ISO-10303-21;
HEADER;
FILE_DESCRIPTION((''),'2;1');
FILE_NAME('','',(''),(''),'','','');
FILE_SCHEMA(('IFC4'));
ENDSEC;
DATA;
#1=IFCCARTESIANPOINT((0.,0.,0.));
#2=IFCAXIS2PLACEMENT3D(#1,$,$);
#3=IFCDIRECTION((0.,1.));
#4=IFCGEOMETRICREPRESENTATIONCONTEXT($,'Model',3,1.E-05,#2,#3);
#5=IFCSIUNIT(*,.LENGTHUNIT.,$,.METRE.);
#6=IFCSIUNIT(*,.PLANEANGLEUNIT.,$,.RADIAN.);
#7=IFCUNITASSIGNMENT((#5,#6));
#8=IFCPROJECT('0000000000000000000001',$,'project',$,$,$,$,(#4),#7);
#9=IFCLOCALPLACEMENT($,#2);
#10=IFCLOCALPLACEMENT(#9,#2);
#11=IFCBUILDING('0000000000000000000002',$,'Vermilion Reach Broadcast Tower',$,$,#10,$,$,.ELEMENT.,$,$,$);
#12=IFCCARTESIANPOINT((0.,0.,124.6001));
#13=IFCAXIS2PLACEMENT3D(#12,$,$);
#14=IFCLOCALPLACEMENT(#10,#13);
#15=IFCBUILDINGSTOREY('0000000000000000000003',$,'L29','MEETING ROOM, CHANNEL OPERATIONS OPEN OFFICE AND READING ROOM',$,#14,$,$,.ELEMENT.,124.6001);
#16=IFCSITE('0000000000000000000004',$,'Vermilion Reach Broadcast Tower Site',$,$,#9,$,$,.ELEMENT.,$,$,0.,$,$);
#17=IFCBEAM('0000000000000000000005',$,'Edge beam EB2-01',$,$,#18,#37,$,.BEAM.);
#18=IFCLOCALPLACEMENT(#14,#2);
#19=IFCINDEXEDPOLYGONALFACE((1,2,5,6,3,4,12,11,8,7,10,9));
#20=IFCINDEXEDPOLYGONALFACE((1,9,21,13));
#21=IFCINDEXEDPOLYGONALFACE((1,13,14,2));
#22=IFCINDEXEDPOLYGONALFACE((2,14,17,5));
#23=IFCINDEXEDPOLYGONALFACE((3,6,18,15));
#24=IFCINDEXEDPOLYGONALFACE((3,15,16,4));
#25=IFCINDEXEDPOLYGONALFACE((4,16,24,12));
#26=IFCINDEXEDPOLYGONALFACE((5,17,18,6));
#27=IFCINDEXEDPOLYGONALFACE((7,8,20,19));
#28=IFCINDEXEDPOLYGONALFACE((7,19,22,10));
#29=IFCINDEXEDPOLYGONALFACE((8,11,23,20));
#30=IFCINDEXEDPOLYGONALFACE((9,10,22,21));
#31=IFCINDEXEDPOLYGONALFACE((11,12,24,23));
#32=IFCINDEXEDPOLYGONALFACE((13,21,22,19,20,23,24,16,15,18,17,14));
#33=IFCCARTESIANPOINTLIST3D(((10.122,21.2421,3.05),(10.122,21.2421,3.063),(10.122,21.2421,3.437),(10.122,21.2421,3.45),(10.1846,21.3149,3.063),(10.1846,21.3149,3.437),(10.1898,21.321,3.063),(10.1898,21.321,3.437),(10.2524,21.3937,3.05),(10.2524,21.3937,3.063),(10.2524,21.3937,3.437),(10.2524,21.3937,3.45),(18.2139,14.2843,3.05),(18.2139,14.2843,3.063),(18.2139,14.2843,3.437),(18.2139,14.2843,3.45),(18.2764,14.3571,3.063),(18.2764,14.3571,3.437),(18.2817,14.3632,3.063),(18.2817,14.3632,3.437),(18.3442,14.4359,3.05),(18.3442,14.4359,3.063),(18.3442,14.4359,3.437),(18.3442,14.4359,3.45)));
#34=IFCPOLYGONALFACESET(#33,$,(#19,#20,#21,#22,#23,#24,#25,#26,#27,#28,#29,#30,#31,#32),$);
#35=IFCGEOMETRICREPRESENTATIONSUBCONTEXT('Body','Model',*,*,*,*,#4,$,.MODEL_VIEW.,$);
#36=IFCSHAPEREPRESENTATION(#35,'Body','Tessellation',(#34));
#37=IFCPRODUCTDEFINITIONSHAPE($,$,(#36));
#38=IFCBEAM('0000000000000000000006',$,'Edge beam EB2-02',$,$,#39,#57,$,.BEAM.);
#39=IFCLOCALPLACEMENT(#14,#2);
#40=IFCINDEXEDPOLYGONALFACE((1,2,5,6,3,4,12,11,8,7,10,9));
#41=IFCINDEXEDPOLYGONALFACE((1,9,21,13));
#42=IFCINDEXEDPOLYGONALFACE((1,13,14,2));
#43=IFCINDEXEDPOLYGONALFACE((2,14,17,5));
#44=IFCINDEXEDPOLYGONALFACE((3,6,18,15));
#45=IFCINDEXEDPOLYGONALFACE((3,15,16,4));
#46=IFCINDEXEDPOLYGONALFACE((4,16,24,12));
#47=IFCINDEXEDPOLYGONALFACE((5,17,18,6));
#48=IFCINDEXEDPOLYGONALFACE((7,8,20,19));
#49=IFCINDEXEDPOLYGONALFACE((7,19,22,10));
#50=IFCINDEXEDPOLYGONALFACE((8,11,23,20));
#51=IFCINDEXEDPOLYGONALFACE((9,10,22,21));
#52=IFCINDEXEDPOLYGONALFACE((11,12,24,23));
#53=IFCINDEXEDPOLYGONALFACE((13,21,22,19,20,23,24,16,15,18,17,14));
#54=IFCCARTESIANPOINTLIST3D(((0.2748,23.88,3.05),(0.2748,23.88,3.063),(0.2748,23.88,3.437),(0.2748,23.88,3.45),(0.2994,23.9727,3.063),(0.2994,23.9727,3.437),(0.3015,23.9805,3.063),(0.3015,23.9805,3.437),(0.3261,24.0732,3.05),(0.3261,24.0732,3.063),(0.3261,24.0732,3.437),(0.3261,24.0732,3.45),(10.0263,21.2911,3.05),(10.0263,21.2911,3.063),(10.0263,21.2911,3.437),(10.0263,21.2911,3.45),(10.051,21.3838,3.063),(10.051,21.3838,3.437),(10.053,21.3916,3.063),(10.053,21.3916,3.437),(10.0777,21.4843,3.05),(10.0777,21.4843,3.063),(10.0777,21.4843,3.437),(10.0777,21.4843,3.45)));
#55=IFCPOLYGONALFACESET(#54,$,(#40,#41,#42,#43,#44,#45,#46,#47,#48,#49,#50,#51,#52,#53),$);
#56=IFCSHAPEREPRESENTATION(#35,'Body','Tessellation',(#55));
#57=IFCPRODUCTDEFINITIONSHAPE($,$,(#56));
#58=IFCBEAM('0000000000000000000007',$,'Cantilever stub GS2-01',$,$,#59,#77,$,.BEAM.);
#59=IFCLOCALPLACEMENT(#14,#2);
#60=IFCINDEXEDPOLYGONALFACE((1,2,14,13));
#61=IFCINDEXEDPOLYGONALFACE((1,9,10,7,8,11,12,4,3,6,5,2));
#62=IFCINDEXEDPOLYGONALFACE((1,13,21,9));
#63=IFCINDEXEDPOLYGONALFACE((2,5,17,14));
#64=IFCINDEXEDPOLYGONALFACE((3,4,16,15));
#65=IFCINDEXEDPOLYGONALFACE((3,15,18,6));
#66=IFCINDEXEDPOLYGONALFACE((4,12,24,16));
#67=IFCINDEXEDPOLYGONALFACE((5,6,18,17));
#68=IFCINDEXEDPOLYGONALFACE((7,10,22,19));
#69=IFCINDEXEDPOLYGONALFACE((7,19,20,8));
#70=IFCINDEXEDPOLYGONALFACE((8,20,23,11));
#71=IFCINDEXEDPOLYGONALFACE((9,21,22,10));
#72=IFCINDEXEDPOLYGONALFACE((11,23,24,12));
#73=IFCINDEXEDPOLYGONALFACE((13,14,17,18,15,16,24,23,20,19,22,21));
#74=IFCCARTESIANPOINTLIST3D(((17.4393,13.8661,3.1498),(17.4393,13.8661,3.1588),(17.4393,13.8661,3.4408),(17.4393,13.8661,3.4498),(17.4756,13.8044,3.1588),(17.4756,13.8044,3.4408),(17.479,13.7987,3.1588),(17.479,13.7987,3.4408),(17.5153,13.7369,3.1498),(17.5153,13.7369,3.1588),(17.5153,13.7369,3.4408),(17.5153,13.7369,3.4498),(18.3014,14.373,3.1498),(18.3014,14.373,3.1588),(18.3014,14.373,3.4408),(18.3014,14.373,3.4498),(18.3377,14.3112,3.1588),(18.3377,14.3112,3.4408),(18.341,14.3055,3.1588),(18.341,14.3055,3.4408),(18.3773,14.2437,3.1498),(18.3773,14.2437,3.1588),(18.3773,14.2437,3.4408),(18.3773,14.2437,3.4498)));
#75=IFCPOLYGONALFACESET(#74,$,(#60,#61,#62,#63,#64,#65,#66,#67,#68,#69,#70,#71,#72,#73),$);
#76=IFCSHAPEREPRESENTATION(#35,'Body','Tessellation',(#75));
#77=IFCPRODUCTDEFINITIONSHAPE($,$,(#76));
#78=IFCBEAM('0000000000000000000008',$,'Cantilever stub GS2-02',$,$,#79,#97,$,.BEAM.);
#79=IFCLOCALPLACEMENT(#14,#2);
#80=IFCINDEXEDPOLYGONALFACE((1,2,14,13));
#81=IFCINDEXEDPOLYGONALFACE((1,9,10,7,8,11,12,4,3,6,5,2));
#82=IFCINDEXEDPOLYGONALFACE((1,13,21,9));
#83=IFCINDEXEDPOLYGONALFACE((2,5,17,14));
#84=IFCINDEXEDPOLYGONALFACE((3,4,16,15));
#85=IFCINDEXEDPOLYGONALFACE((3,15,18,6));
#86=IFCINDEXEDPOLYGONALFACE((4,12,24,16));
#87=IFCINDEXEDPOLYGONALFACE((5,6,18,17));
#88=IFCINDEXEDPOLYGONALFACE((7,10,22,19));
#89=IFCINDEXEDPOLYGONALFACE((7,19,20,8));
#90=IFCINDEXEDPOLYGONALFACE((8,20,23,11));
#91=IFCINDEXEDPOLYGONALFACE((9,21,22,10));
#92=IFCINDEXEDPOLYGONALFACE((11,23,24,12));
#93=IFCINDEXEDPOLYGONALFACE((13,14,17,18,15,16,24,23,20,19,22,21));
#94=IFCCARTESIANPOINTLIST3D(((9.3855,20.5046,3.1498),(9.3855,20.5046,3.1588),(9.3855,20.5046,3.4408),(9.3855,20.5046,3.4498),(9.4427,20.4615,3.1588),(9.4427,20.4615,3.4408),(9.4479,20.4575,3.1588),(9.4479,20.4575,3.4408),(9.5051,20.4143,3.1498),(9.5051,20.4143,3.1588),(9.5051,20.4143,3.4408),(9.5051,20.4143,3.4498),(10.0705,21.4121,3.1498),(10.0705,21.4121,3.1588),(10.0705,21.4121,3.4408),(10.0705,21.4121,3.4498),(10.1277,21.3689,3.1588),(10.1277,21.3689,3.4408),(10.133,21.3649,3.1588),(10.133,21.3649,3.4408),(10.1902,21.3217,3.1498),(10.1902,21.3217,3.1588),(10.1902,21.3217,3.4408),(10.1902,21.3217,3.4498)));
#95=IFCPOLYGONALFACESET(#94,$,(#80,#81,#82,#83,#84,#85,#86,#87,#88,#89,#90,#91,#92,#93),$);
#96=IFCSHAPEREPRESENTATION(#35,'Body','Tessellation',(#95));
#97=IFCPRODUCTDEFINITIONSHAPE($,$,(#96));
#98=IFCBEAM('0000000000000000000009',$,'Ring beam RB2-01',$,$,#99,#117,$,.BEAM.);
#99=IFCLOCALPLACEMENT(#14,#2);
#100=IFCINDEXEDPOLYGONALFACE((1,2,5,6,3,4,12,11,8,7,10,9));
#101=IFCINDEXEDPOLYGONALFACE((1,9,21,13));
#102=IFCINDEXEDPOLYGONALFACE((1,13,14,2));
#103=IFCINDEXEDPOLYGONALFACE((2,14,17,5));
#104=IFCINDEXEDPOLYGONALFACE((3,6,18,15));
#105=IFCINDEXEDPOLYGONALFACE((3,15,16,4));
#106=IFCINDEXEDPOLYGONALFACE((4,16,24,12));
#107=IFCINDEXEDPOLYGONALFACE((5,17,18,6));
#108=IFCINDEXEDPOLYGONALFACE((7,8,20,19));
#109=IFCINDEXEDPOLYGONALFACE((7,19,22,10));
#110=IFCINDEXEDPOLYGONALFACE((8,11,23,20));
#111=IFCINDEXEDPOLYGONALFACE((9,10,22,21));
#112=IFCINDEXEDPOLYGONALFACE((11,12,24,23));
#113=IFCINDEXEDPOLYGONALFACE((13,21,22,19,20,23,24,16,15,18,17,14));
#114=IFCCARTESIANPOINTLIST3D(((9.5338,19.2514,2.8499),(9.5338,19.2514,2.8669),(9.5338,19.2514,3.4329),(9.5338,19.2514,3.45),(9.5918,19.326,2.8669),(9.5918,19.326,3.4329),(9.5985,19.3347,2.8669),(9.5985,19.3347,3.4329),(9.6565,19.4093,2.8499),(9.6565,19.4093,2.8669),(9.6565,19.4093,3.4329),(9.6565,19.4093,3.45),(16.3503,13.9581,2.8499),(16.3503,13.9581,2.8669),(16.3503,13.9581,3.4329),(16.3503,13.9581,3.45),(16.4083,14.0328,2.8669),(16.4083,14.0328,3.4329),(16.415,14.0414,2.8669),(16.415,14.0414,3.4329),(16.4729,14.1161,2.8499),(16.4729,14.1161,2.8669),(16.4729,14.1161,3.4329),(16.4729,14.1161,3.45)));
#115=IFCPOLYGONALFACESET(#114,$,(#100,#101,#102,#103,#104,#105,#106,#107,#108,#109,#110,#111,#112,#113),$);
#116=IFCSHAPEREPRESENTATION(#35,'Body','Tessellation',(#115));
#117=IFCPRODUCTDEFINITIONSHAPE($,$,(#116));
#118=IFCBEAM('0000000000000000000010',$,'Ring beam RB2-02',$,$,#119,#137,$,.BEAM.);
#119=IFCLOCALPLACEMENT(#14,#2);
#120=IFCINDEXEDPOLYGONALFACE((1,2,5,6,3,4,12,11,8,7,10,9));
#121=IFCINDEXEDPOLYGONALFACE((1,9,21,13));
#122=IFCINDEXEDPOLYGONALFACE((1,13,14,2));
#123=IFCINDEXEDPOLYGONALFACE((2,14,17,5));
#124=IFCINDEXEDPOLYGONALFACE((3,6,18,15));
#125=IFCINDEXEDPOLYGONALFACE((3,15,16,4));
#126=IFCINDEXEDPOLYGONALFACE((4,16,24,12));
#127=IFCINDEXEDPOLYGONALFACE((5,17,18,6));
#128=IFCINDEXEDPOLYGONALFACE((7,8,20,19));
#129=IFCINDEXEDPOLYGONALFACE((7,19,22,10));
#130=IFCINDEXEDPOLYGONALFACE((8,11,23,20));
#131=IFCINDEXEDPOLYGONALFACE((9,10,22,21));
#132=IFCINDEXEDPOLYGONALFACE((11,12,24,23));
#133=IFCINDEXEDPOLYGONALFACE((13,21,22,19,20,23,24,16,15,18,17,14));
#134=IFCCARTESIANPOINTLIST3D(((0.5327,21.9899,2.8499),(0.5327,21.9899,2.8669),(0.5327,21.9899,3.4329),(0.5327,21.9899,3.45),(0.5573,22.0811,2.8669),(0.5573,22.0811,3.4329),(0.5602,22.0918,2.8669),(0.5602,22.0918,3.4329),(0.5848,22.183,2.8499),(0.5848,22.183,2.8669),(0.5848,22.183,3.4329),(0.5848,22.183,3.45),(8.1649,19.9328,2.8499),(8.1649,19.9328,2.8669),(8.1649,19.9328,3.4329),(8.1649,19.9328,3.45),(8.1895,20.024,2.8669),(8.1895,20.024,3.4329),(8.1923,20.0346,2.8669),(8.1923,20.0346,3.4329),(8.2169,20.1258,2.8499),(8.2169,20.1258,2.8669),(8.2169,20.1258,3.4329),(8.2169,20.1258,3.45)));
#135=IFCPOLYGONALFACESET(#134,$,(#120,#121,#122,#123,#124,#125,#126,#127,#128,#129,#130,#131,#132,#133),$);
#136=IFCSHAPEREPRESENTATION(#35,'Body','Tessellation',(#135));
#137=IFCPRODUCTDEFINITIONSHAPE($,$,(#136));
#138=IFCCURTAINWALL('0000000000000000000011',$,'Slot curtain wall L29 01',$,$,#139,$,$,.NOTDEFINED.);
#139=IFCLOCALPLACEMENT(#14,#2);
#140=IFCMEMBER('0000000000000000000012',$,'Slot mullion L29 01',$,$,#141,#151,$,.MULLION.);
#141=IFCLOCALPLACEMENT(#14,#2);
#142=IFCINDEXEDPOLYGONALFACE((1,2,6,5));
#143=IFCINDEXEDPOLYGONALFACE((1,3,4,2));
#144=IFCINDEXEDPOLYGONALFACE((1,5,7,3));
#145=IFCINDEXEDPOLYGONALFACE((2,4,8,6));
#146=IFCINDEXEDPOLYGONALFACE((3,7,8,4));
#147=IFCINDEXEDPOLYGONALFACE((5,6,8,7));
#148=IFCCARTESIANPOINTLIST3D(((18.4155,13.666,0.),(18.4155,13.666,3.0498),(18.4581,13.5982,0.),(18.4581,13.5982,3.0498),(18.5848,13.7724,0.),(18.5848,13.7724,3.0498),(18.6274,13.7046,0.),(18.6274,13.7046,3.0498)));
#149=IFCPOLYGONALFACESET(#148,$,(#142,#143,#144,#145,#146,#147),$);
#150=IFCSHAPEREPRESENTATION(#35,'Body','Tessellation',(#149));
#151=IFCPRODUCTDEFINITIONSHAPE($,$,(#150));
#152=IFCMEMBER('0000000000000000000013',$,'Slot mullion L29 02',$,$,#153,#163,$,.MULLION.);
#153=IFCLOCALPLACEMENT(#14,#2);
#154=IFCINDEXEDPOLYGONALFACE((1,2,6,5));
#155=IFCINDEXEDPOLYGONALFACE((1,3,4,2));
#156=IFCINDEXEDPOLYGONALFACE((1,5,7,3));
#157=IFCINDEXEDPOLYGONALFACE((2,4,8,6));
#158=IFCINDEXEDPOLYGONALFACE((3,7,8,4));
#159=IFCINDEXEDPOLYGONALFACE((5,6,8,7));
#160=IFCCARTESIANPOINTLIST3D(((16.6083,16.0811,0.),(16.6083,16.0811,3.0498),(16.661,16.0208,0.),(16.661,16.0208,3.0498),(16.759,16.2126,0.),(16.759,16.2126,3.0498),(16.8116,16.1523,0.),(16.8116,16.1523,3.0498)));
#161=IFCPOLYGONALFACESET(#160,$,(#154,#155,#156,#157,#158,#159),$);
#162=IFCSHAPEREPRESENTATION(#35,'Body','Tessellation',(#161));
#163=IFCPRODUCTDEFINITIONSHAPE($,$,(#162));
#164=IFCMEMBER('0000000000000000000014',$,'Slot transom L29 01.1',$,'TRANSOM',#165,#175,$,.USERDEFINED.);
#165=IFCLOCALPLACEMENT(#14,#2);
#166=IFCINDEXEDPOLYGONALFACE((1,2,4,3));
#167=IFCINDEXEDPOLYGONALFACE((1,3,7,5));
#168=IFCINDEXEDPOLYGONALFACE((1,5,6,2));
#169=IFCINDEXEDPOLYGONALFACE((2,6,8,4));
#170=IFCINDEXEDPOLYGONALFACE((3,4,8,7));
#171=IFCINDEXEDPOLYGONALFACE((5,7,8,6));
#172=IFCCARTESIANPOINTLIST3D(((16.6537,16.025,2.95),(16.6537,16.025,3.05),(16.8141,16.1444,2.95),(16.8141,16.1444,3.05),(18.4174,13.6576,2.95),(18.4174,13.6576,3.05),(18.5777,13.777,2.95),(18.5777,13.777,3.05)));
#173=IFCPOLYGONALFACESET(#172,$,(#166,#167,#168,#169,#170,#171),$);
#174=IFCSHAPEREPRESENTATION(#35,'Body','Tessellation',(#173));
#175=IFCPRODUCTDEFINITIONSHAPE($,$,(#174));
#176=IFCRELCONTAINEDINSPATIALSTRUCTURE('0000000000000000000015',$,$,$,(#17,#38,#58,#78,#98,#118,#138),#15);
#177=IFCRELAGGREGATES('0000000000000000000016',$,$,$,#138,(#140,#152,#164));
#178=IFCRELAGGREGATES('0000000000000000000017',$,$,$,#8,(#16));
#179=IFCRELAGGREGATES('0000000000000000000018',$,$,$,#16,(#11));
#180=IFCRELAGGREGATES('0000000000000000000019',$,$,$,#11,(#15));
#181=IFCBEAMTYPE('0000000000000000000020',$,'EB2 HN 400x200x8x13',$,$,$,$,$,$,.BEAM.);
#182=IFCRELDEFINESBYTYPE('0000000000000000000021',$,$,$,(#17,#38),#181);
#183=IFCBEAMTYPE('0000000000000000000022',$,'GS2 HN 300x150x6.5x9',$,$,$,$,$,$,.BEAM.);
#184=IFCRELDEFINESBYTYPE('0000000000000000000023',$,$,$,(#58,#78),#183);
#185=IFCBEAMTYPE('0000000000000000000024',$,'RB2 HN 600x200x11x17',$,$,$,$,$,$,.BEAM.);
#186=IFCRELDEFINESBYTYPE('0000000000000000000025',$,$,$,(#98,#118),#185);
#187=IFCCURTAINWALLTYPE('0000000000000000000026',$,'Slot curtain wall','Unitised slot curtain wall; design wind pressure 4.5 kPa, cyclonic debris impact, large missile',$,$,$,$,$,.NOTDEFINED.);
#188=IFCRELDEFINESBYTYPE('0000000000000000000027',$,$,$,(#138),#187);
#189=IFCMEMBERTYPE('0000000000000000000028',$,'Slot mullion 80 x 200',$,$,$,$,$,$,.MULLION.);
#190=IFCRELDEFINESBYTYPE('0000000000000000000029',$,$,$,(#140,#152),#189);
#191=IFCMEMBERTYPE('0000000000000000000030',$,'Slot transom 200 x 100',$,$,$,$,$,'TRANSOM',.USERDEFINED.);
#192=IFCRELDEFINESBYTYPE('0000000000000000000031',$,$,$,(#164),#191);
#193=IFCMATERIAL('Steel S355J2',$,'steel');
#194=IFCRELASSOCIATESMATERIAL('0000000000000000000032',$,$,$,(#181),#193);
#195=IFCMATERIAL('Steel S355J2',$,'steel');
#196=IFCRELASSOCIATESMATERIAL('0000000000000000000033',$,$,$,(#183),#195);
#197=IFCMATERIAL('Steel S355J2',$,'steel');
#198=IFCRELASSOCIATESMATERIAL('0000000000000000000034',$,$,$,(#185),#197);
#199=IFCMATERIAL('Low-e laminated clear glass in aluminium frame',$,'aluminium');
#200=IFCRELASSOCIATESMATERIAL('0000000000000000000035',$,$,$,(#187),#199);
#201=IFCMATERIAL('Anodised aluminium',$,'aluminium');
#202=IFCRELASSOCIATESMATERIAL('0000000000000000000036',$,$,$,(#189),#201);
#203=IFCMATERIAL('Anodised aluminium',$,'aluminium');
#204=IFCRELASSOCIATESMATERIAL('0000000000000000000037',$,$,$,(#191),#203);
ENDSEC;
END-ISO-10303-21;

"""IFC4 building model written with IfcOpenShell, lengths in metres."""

from ifc_helpers import new_model, si_unit, direction, frame, origin, origin_2d, place, context, subcontext, project, spatial, rectangle, i_section, extrude, material, material_profile, profile_set, type_object, element, aggregate, save


model = new_model("IFC4")

# Units and contexts
model_context = context("Model", 3, precision=1e-05, world=origin(), true_north=direction((0.0, 1.0)))
body_context = subcontext(model_context, "Body", "Model", "MODEL_VIEW")
ifc_project = project(units=[si_unit("LENGTHUNIT", "METRE"), si_unit("PLANEANGLEUNIT", "RADIAN")], contexts=[model_context])

# Site, building, storey
site_placement = place(None, origin())
site = spatial("IfcSite", under=ifc_project, at=site_placement, Name="Vermilion Reach Broadcast Tower Site", CompositionType="ELEMENT", RefElevation=0.0)
building_placement = place(site_placement, origin())
building = spatial("IfcBuilding", under=site, at=building_placement, Name="Vermilion Reach Broadcast Tower", CompositionType="ELEMENT")
storey_placement = place(building_placement, frame((0.0, 0.0, 124.6001)))
storey = spatial("IfcBuildingStorey", under=building, at=storey_placement, Name="L29", Description="MEETING ROOM, CHANNEL OPERATIONS OPEN OFFICE AND READING ROOM", CompositionType="ELEMENT", Elevation=124.6001)

# Beams
ifc_material_1 = material(Name="Steel S355J2", Category="steel")
ifc_material_profile_1 = material_profile(ifc_material_1, i_section(OverallWidth=0.2, OverallDepth=0.3999, WebThickness=0.0081, FlangeThickness=0.0129, at=origin_2d()), Name="S355J2 HN 400x200x8x13")
ifc_profile_set_1 = profile_set([ifc_material_profile_1], Name="Steel S355J2")
beam_type_1 = type_object("IfcBeamType", Name="EB2 HN 400x200x8x13", PredefinedType="BEAM", material=ifc_profile_set_1)
beam_1_placement = place(storey_placement, frame((18.2791, 14.3601, 3.25), z_axis=(-0.75824, 0.651976, 0.0), x_axis=(-0.651976, -0.75824, 0.0)))
element("IfcBeam", 1, at=beam_1_placement, inside=storey, type_object=beam_type_1, Name="Edge beam EB2-01", PredefinedType="BEAM", context=body_context, shape_type="SweptSolid", body=[
    extrude(i_section(OverallWidth=0.2, OverallDepth=0.3999, WebThickness=0.0081, FlangeThickness=0.0129, at=origin_2d()), origin(), (0.0, 0.0, 1.0), 10.6719),
])
beam_2_placement = place(storey_placement, frame((10.052, 21.3877, 3.25), z_axis=(-0.966519, 0.256596, 0.0), x_axis=(-0.256596, -0.966519, 0.0)))
element("IfcBeam", 2, at=beam_2_placement, inside=storey, type_object=beam_type_1, Name="Edge beam EB2-02", PredefinedType="BEAM", context=body_context, shape_type="SweptSolid", body=[
    extrude(i_section(OverallWidth=0.2, OverallDepth=0.3999, WebThickness=0.0081, FlangeThickness=0.0129, at=origin_2d()), origin(), (0.0, 0.0, 1.0), 10.0894),
])
ifc_material_2 = material(Name="Steel S355J2", Category="steel")
ifc_material_profile_2 = material_profile(ifc_material_2, i_section(OverallWidth=0.1499, OverallDepth=0.3, WebThickness=0.0066, FlangeThickness=0.009, at=origin_2d()), Name="S355J2 HN 300x150x6.5x9")
ifc_profile_set_2 = profile_set([ifc_material_profile_2], Name="Steel S355J2")
beam_type_2 = type_object("IfcBeamType", Name="GS2 HN 300x150x6.5x9", PredefinedType="BEAM", material=ifc_profile_set_2)
beam_3_placement = place(storey_placement, frame((17.4773, 13.8015, 3.2998), z_axis=(0.862047, 0.506828, 0.0), x_axis=(-0.506828, 0.862047, 0.0)))
element("IfcBeam", 3, at=beam_3_placement, inside=storey, type_object=beam_type_2, Name="Cantilever stub GS2-01", PredefinedType="BEAM", context=body_context, shape_type="SweptSolid", body=[
    extrude(i_section(OverallWidth=0.1499, OverallDepth=0.3, WebThickness=0.0066, FlangeThickness=0.009, at=origin_2d()), origin(), (0.0, 0.0, 1.0), 1.0),
])
beam_4_placement = place(storey_placement, frame((9.4453, 20.4595, 3.2998), z_axis=(0.602505, 0.798115, 0.0), x_axis=(-0.798115, 0.602505, 0.0)))
element("IfcBeam", 4, at=beam_4_placement, inside=storey, type_object=beam_type_2, Name="Cantilever stub GS2-02", PredefinedType="BEAM", context=body_context, shape_type="SweptSolid", body=[
    extrude(i_section(OverallWidth=0.1499, OverallDepth=0.3, WebThickness=0.0066, FlangeThickness=0.009, at=origin_2d()), origin(), (0.0, 0.0, 1.0), 1.137),
])
ifc_material_3 = material(Name="Steel S355J2", Category="steel")
ifc_material_profile_3 = material_profile(ifc_material_3, i_section(OverallWidth=0.2, OverallDepth=0.6001, WebThickness=0.011, FlangeThickness=0.0171, at=origin_2d()), Name="S355J2 HN 600x200x11x17")
ifc_profile_set_3 = profile_set([ifc_material_profile_3], Name="Steel S355J2")
beam_type_3 = type_object("IfcBeamType", Name="RB2 HN 600x200x11x17", PredefinedType="BEAM", material=ifc_profile_set_3)
beam_5_placement = place(storey_placement, frame((16.4116, 14.0371, 3.1499), z_axis=(-0.789826, 0.613331, 0.0), x_axis=(-0.613331, -0.789826, 0.0)))
element("IfcBeam", 5, at=beam_5_placement, inside=storey, type_object=beam_type_3, Name="Ring beam RB2-01", PredefinedType="BEAM", context=body_context, shape_type="SweptSolid", body=[
    extrude(i_section(OverallWidth=0.2, OverallDepth=0.6001, WebThickness=0.011, FlangeThickness=0.0171, at=origin_2d()), origin(), (0.0, 0.0, 1.0), 8.6304),
])
beam_6_placement = place(storey_placement, frame((8.1909, 20.0293, 3.1499), z_axis=(-0.965541, 0.260249, 0.0), x_axis=(-0.260249, -0.965541, 0.0)))
element("IfcBeam", 6, at=beam_6_placement, inside=storey, type_object=beam_type_3, Name="Ring beam RB2-02", PredefinedType="BEAM", context=body_context, shape_type="SweptSolid", body=[
    extrude(i_section(OverallWidth=0.2, OverallDepth=0.6001, WebThickness=0.011, FlangeThickness=0.0171, at=origin_2d()), origin(), (0.0, 0.0, 1.0), 7.9045),
])

# Curtain wall, members
ifc_material_4 = material(Name="Low-e laminated clear glass in aluminium frame", Category="aluminium")
curtain_wall_type = type_object("IfcCurtainWallType", Name="Slot curtain wall", Description="Unitised slot curtain wall; design wind pressure 4.5 kPa, cyclonic debris impact, large missile", PredefinedType="NOTDEFINED", material=ifc_material_4)
placement = place(storey_placement, origin())
curtain_wall_1 = element("IfcCurtainWall", 7, at=placement, inside=storey, type_object=curtain_wall_type, Name="Slot curtain wall L29 01", PredefinedType="NOTDEFINED")
ifc_material_5 = material(Name="Anodised aluminium", Category="aluminium")
ifc_material_profile_4 = material_profile(ifc_material_5, rectangle(XDim=0.2, YDim=0.0801, at=origin_2d()), Name="Slot mullion 80 x 200")
ifc_profile_set_4 = profile_set([ifc_material_profile_4], Name="Anodised aluminium")
member_type_1 = type_object("IfcMemberType", Name="Slot mullion 80 x 200", PredefinedType="MULLION", material=ifc_profile_set_4)
member_1_placement = place(storey_placement, frame((18.5215, 13.6853, 0.0), z_axis=(0.0, 0.0, 1.0), x_axis=(-0.846668, -0.532121, 0.0)))
member_1 = element("IfcMember", 8, at=member_1_placement, type_object=member_type_1, Name="Slot mullion L29 01", PredefinedType="MULLION", context=body_context, shape_type="SweptSolid", body=[
    extrude(rectangle(XDim=0.2, YDim=0.0801, at=origin_2d()), origin(), (0.0, 0.0, 1.0), 3.0498),
])
member_2_placement = place(storey_placement, frame((16.71, 16.1167, 0.0), z_axis=(0.0, 0.0, 1.0), x_axis=(-0.753409, -0.657552, 0.0)))
member_2 = element("IfcMember", 9, at=member_2_placement, type_object=member_type_1, Name="Slot mullion L29 02", PredefinedType="MULLION", context=body_context, shape_type="SweptSolid", body=[
    extrude(rectangle(XDim=0.2, YDim=0.0801, at=origin_2d()), origin(), (0.0, 0.0, 1.0), 3.0498),
])
ifc_material_6 = material(Name="Anodised aluminium", Category="aluminium")
ifc_material_profile_5 = material_profile(ifc_material_6, rectangle(XDim=0.2, YDim=0.1001, at=origin_2d()), Name="Slot transom 200 x 100")
ifc_profile_set_5 = profile_set([ifc_material_profile_5], Name="Anodised aluminium")
member_type_2 = type_object("IfcMemberType", Name="Slot transom 200 x 100", ElementType="TRANSOM", PredefinedType="USERDEFINED", material=ifc_profile_set_5)
member_3_placement = place(storey_placement, frame((18.4976, 13.7173, 3.0), z_axis=(-0.597417, 0.801931, 0.0), x_axis=(-0.801931, -0.597417, 0.0)))
member_3 = element("IfcMember", 10, at=member_3_placement, type_object=member_type_2, Name="Slot transom L29 01.1", ObjectType="TRANSOM", PredefinedType="USERDEFINED", context=body_context, shape_type="SweptSolid", body=[
    extrude(rectangle(XDim=0.2, YDim=0.1001, at=origin_2d()), origin(), (0.0, 0.0, 1.0), 2.9521),
])

aggregate(curtain_wall_1, [member_1, member_2, member_3])

save(model, "model.ifc")
